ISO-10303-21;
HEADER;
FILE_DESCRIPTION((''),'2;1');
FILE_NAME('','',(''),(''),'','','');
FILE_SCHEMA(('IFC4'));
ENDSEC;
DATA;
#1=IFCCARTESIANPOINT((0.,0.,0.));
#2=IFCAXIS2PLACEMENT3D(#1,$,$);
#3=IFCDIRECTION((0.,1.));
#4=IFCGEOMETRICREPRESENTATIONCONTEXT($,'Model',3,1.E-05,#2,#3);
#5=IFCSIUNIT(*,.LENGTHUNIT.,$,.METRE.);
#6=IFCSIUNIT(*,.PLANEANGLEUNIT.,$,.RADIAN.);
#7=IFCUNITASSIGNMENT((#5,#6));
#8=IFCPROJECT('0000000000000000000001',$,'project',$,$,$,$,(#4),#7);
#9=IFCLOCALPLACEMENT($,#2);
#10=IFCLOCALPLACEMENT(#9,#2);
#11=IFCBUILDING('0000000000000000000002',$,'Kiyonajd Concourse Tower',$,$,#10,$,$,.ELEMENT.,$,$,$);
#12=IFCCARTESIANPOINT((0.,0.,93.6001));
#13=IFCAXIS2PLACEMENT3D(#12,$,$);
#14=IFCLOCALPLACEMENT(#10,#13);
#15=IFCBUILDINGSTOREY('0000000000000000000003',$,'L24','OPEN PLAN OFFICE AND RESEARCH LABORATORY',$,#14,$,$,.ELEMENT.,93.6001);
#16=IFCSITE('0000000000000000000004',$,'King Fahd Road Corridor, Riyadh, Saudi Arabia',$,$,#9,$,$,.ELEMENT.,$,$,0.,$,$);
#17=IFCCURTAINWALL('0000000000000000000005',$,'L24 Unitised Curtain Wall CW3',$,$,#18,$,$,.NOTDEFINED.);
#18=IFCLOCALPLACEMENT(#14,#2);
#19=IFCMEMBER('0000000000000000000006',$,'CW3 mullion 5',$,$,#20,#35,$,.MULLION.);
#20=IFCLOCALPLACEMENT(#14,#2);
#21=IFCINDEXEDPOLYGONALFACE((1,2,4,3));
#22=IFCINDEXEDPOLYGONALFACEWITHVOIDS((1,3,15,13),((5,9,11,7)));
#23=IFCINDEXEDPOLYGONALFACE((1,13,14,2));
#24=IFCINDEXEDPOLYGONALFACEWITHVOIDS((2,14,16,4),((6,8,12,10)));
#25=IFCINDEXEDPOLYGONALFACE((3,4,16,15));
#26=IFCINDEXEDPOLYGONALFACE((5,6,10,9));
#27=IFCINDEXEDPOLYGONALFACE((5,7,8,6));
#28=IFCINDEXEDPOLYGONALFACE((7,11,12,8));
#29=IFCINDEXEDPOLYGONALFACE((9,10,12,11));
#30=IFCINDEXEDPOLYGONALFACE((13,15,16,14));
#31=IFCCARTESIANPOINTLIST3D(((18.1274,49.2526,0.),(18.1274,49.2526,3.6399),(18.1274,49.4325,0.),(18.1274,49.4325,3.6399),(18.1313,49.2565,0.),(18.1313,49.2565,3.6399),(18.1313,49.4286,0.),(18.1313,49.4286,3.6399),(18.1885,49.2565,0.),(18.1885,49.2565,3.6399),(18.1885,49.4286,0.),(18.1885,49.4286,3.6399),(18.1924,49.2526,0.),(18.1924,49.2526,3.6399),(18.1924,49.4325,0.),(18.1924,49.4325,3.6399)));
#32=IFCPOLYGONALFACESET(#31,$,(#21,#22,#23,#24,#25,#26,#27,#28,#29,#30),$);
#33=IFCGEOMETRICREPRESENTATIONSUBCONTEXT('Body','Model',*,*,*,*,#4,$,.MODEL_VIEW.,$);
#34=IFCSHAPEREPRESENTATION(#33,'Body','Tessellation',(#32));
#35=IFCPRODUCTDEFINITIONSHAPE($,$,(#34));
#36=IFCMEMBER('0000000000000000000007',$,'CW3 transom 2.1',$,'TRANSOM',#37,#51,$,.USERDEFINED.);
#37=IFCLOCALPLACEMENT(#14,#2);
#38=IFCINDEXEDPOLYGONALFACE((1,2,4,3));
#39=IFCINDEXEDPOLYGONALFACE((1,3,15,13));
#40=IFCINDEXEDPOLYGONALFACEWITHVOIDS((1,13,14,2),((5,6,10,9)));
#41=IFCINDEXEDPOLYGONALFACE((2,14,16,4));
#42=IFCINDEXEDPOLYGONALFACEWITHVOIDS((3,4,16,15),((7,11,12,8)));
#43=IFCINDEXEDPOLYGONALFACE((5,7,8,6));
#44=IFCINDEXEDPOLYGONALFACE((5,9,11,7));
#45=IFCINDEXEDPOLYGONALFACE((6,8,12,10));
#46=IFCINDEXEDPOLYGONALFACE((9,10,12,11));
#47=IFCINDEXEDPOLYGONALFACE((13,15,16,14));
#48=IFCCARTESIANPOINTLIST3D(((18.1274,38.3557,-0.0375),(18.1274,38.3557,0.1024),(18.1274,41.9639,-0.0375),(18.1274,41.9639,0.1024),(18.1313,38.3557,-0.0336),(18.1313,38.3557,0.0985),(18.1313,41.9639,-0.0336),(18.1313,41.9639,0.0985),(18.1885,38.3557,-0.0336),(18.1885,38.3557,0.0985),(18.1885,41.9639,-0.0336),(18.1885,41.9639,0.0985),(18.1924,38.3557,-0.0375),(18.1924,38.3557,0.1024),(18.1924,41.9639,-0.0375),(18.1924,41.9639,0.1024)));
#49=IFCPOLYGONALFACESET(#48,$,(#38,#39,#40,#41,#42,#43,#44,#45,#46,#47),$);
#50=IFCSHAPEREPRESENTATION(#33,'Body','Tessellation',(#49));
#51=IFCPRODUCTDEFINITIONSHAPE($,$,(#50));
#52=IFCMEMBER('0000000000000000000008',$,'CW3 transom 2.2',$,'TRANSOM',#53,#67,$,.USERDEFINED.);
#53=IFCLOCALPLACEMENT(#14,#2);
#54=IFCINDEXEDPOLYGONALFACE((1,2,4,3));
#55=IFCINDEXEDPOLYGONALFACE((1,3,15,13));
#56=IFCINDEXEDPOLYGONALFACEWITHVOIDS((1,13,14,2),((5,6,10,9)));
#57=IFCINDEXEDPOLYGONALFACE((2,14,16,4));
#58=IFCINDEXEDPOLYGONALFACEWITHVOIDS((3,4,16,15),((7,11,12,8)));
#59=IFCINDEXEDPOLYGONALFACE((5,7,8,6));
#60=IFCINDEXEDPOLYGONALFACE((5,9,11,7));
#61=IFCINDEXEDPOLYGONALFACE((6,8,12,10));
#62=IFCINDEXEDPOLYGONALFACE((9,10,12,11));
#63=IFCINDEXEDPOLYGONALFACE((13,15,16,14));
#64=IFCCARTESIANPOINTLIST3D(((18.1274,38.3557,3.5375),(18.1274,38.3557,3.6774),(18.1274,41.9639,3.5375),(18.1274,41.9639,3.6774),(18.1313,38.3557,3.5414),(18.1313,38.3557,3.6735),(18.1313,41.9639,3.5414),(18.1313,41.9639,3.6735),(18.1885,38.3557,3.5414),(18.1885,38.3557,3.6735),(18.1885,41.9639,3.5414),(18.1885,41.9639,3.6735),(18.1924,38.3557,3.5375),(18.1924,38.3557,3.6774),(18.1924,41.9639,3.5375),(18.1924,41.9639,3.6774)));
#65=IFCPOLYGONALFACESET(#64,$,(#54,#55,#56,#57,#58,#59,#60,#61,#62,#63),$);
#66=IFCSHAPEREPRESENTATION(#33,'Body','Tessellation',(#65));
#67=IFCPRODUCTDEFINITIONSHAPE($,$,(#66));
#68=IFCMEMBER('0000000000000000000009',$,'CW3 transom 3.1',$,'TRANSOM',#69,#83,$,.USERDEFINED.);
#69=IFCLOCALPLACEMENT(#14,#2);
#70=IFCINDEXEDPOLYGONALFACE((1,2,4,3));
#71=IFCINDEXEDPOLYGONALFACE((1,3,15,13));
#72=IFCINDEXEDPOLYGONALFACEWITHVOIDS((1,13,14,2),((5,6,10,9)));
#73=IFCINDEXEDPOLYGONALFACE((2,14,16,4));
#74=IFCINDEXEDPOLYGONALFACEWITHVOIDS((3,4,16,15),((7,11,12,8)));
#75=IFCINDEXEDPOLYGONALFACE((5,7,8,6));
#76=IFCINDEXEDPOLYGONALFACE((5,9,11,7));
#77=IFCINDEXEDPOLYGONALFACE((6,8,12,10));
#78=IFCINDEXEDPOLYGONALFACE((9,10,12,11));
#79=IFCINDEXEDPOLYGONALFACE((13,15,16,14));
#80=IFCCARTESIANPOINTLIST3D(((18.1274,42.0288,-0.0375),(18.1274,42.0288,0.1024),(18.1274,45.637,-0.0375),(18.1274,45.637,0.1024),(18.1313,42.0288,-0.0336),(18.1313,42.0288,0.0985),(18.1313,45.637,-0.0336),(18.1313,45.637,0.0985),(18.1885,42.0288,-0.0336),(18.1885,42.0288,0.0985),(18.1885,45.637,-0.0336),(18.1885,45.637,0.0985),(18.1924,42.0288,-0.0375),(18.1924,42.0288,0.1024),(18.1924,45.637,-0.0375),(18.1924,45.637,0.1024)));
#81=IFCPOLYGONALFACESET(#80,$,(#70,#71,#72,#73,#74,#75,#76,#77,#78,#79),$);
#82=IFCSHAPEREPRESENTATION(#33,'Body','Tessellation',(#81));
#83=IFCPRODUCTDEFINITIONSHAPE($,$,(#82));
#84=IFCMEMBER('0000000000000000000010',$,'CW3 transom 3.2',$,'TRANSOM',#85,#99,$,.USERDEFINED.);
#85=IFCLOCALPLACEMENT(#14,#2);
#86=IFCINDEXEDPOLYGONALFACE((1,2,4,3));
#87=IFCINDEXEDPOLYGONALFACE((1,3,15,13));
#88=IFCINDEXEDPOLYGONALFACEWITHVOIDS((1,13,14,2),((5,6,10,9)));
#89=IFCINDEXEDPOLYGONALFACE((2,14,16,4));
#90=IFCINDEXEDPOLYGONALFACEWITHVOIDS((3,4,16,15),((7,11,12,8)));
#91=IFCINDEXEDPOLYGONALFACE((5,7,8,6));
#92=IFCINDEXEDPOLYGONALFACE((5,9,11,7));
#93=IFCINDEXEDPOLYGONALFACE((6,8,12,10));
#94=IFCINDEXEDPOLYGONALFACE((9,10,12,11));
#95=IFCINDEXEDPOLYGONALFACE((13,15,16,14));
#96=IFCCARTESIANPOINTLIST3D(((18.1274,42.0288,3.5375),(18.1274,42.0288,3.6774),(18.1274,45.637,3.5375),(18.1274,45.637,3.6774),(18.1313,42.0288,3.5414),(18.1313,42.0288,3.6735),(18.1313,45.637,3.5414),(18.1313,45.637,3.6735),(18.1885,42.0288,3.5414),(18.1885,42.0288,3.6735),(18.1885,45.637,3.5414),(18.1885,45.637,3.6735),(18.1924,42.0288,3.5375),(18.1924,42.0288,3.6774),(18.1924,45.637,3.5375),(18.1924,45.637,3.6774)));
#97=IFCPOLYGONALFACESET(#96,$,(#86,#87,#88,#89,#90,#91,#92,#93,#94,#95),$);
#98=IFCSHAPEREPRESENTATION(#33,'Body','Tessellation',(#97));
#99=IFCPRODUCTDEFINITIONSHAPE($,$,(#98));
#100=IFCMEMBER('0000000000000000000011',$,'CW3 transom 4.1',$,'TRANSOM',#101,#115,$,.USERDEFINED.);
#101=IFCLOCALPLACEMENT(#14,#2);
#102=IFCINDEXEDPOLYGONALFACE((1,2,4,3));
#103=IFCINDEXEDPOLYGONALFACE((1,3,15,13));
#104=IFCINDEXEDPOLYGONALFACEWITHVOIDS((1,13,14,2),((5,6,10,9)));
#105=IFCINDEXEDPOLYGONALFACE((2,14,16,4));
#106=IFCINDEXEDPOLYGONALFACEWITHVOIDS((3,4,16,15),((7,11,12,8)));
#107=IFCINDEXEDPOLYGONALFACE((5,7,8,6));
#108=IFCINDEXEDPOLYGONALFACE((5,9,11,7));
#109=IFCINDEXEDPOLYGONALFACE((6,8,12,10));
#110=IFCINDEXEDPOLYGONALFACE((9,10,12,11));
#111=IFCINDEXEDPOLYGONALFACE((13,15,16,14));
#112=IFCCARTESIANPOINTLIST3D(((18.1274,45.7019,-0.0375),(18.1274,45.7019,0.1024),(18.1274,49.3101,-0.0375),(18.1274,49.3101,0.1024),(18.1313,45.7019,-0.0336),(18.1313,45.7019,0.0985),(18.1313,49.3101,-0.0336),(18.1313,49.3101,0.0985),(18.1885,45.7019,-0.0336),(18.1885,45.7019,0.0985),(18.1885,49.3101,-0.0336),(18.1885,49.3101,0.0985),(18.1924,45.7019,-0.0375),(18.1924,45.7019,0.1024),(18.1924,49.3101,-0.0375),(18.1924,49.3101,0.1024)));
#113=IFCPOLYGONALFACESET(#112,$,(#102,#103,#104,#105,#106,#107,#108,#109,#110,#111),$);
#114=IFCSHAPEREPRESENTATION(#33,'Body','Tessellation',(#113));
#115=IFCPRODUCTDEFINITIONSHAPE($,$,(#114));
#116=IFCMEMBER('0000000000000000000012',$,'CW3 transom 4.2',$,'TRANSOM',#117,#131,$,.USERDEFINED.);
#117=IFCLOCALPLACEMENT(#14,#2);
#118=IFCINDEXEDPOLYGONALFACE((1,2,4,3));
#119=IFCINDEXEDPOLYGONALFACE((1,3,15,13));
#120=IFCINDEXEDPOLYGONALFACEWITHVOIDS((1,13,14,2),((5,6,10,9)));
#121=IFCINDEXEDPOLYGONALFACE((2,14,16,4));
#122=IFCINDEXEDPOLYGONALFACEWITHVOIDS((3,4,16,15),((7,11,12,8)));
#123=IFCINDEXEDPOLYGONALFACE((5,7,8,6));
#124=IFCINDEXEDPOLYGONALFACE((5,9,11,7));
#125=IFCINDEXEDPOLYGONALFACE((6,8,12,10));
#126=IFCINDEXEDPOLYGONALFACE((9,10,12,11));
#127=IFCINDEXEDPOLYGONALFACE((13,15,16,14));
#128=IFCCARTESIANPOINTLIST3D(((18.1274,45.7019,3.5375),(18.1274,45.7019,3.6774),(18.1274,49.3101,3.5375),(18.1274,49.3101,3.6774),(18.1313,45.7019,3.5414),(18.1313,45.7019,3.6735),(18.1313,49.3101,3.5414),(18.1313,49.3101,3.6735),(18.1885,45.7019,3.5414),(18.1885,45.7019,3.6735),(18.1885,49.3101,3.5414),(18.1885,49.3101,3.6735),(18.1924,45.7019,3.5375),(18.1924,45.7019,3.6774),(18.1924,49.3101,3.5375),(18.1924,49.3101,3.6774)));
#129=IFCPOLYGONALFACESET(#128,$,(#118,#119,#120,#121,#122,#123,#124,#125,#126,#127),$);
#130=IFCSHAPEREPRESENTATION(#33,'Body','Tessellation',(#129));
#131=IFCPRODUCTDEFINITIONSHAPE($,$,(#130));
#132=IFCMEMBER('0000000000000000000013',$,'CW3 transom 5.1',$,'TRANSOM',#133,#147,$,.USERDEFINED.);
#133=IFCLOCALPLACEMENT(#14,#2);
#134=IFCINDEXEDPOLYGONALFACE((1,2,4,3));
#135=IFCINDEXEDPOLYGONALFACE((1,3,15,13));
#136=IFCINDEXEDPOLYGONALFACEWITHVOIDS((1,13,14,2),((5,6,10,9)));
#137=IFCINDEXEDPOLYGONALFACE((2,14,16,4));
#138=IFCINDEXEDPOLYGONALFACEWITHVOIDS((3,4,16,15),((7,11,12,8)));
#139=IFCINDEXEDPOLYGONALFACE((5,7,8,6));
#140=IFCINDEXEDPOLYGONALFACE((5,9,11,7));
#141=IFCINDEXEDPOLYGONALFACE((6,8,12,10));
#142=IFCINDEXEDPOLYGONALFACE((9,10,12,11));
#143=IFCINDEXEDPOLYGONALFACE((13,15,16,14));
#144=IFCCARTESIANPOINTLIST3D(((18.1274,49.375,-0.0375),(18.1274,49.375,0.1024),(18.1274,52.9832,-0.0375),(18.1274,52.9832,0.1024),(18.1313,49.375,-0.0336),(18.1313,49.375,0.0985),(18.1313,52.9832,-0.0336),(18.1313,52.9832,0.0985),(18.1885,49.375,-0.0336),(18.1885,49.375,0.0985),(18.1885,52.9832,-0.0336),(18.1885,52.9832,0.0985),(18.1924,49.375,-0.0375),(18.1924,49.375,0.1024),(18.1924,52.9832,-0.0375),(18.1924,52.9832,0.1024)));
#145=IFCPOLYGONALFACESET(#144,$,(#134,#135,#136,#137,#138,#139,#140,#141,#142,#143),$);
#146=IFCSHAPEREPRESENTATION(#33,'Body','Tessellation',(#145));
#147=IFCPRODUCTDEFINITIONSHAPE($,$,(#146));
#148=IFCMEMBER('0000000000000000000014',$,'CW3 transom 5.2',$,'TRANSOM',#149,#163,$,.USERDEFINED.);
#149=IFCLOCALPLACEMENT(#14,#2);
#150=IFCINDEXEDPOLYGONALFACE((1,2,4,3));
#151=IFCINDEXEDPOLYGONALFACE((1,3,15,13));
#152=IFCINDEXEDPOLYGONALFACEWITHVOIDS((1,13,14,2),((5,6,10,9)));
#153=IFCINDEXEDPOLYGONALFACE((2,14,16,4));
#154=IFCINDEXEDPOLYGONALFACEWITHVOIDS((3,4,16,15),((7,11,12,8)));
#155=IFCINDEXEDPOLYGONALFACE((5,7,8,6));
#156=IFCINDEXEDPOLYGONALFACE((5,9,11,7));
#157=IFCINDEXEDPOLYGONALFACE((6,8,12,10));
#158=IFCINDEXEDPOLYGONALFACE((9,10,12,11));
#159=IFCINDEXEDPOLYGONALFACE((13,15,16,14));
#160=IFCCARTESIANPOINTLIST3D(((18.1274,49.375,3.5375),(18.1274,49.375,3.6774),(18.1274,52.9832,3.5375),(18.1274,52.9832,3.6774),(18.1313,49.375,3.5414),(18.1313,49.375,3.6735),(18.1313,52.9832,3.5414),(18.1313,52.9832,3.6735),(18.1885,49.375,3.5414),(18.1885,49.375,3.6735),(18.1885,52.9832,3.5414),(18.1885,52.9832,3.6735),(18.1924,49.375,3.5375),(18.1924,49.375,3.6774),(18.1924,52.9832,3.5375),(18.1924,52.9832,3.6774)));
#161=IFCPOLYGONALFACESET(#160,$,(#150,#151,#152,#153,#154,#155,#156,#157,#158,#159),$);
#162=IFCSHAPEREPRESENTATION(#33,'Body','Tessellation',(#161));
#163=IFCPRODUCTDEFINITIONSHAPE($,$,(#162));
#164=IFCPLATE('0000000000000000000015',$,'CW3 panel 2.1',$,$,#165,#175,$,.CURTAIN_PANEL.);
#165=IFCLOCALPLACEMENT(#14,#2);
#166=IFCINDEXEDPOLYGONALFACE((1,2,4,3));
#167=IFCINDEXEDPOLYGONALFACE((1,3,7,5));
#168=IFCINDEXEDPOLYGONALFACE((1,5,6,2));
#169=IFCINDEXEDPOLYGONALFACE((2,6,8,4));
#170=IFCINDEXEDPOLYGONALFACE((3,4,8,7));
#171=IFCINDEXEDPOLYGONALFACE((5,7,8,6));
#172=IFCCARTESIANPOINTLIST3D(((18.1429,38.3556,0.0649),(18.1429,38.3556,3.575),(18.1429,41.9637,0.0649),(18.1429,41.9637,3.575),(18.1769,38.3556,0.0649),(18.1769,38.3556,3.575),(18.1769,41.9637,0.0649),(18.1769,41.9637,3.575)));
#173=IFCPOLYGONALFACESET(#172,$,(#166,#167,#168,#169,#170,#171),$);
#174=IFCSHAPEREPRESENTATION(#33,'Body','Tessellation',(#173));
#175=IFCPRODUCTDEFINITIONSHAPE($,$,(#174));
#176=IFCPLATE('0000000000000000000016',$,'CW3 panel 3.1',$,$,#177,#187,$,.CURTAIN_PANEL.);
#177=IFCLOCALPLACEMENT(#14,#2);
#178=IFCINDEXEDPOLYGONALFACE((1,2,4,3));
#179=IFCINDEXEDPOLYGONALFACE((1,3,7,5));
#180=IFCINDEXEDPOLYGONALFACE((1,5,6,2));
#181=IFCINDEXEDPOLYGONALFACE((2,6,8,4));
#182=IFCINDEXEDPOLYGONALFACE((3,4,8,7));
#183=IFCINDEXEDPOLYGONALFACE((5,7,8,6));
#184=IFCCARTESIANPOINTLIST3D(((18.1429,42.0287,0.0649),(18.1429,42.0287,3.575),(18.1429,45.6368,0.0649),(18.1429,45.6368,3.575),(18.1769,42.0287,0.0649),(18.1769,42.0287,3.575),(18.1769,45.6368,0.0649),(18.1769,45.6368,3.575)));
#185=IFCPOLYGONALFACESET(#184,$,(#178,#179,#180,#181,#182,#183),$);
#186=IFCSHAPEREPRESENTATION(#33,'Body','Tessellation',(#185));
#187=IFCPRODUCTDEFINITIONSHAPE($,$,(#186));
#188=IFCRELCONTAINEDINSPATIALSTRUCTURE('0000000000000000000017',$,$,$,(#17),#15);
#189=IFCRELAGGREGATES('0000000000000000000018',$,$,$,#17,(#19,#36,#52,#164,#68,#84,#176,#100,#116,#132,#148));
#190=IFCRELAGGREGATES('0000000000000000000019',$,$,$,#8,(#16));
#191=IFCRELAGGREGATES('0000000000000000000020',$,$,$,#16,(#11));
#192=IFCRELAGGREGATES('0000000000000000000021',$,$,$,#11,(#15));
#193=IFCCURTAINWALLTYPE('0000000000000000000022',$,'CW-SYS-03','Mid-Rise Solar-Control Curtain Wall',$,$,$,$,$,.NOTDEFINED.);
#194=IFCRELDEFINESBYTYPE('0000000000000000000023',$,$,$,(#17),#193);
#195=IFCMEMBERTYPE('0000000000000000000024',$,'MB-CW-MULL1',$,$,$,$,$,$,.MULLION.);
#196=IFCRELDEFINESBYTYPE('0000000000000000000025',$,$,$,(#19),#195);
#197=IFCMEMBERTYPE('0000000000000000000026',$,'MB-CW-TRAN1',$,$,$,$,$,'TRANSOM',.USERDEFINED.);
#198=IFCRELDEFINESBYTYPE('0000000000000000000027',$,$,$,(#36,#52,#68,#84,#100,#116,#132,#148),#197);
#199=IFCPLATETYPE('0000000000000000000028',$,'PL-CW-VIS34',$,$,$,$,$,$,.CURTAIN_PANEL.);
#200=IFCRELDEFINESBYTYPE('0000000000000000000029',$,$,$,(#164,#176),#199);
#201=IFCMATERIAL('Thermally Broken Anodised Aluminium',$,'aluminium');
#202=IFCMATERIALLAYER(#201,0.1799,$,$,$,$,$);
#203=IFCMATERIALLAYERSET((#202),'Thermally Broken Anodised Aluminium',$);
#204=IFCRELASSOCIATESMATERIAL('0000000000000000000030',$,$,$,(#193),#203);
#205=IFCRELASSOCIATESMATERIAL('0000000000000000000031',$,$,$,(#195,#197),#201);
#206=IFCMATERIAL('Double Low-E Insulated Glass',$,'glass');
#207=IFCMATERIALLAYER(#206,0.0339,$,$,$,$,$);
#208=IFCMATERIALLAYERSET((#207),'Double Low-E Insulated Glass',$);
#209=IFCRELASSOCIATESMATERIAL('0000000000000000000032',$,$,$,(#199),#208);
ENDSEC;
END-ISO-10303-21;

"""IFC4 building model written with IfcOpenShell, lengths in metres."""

from ifc_helpers import new_model, si_unit, direction, frame, origin, origin_2d, place, context, subcontext, project, spatial, rectangle, hollow_rectangle, extrude, material, layer, layer_set, material_profile, profile_set, type_object, element, aggregate, save


model = new_model("IFC4")

# Units and contexts
model_context = context("Model", 3, precision=1e-05, world=origin(), true_north=direction((0.0, 1.0)))
body_context = subcontext(model_context, "Body", "Model", "MODEL_VIEW")
ifc_project = project(units=[si_unit("LENGTHUNIT", "METRE"), si_unit("PLANEANGLEUNIT", "RADIAN")], contexts=[model_context])

# Site, building, storey
site_placement = place(None, origin())
site = spatial("IfcSite", under=ifc_project, at=site_placement, Name="King Fahd Road Corridor, Riyadh, Saudi Arabia", CompositionType="ELEMENT", RefElevation=0.0)
building_placement = place(site_placement, origin())
building = spatial("IfcBuilding", under=site, at=building_placement, Name="Kiyonajd Concourse Tower", CompositionType="ELEMENT")
storey_placement = place(building_placement, frame((0.0, 0.0, 93.6001)))
storey = spatial("IfcBuildingStorey", under=building, at=storey_placement, Name="L24", Description="OPEN PLAN OFFICE AND RESEARCH LABORATORY", CompositionType="ELEMENT", Elevation=93.6001)

# Curtain wall, members, plates
ifc_material_1 = material(Name="Thermally Broken Anodised Aluminium", Category="aluminium")
ifc_layer_1 = layer(ifc_material_1, 0.1799)
ifc_layer_set_1 = layer_set([ifc_layer_1], Name="Thermally Broken Anodised Aluminium")
curtain_wall_type = type_object("IfcCurtainWallType", Name="CW-SYS-03", Description="Mid-Rise Solar-Control Curtain Wall", PredefinedType="NOTDEFINED", material=ifc_layer_set_1)
curtain_wall_placement = place(storey_placement, origin())
curtain_wall = element("IfcCurtainWall", 1, at=curtain_wall_placement, inside=storey, type_object=curtain_wall_type, Name="L24 Unitised Curtain Wall CW3", PredefinedType="NOTDEFINED")
ifc_material_profile_1 = material_profile(ifc_material_1, hollow_rectangle(XDim=0.0649, YDim=0.1799, WallThickness=0.0039, at=origin_2d()), Name="MULL-65x180")
ifc_profile_set_1 = profile_set([ifc_material_profile_1], Name="Thermally Broken Anodised Aluminium")
member_type_1 = type_object("IfcMemberType", Name="MB-CW-MULL1", PredefinedType="MULLION", material=ifc_profile_set_1)
member_1_placement = place(storey_placement, frame((18.1599, 49.3425, 0.0), z_axis=(0.0, 0.0, 1.0), x_axis=(-1.0, 0.0, 0.0)))
member_1 = element("IfcMember", 2, at=member_1_placement, type_object=member_type_1, Name="CW3 mullion 5", PredefinedType="MULLION", context=body_context, shape_type="SweptSolid", body=[
    extrude(hollow_rectangle(XDim=0.0649, YDim=0.1799, WallThickness=0.0039, at=origin_2d()), origin(), (0.0, 0.0, 1.0), 3.6399),
])
ifc_material_profile_2 = material_profile(ifc_material_1, hollow_rectangle(XDim=0.0649, YDim=0.1399, WallThickness=0.0039, at=origin_2d()), Name="TRAN-65x140")
ifc_profile_set_2 = profile_set([ifc_material_profile_2], Name="Thermally Broken Anodised Aluminium")
member_type_2 = type_object("IfcMemberType", Name="MB-CW-TRAN1", ElementType="TRANSOM", PredefinedType="USERDEFINED", material=ifc_profile_set_2)
member_2_placement = place(storey_placement, frame((18.1599, 38.3557, 0.0325), z_axis=(0.0, 1.0, 0.0), x_axis=(-1.0, 0.0, 0.0)))
member_2 = element("IfcMember", 3, at=member_2_placement, type_object=member_type_2, Name="CW3 transom 2.1", ObjectType="TRANSOM", PredefinedType="USERDEFINED", context=body_context, shape_type="SweptSolid", body=[
    extrude(hollow_rectangle(XDim=0.0649, YDim=0.1399, WallThickness=0.0039, at=origin_2d()), origin(), (0.0, 0.0, 1.0), 3.6082),
])
member_3_placement = place(storey_placement, frame((18.1599, 38.3557, 3.6074), z_axis=(0.0, 1.0, 0.0), x_axis=(-1.0, 0.0, 0.0)))
member_3 = element("IfcMember", 4, at=member_3_placement, type_object=member_type_2, Name="CW3 transom 2.2", ObjectType="TRANSOM", PredefinedType="USERDEFINED", context=body_context, shape_type="SweptSolid", body=[
    extrude(hollow_rectangle(XDim=0.0649, YDim=0.1399, WallThickness=0.0039, at=origin_2d()), origin(), (0.0, 0.0, 1.0), 3.6082),
])
member_4_placement = place(storey_placement, frame((18.1599, 42.0288, 0.0325), z_axis=(0.0, 1.0, 0.0), x_axis=(-1.0, 0.0, 0.0)))
member_4 = element("IfcMember", 5, at=member_4_placement, type_object=member_type_2, Name="CW3 transom 3.1", ObjectType="TRANSOM", PredefinedType="USERDEFINED", context=body_context, shape_type="SweptSolid", body=[
    extrude(hollow_rectangle(XDim=0.0649, YDim=0.1399, WallThickness=0.0039, at=origin_2d()), origin(), (0.0, 0.0, 1.0), 3.6082),
])
member_5_placement = place(storey_placement, frame((18.1599, 42.0288, 3.6074), z_axis=(0.0, 1.0, 0.0), x_axis=(-1.0, 0.0, 0.0)))
member_5 = element("IfcMember", 6, at=member_5_placement, type_object=member_type_2, Name="CW3 transom 3.2", ObjectType="TRANSOM", PredefinedType="USERDEFINED", context=body_context, shape_type="SweptSolid", body=[
    extrude(hollow_rectangle(XDim=0.0649, YDim=0.1399, WallThickness=0.0039, at=origin_2d()), origin(), (0.0, 0.0, 1.0), 3.6082),
])
member_6_placement = place(storey_placement, frame((18.1599, 45.7019, 0.0325), z_axis=(0.0, 1.0, 0.0), x_axis=(-1.0, 0.0, 0.0)))
member_6 = element("IfcMember", 7, at=member_6_placement, type_object=member_type_2, Name="CW3 transom 4.1", ObjectType="TRANSOM", PredefinedType="USERDEFINED", context=body_context, shape_type="SweptSolid", body=[
    extrude(hollow_rectangle(XDim=0.0649, YDim=0.1399, WallThickness=0.0039, at=origin_2d()), origin(), (0.0, 0.0, 1.0), 3.6082),
])
member_7_placement = place(storey_placement, frame((18.1599, 45.7019, 3.6074), z_axis=(0.0, 1.0, 0.0), x_axis=(-1.0, 0.0, 0.0)))
member_7 = element("IfcMember", 8, at=member_7_placement, type_object=member_type_2, Name="CW3 transom 4.2", ObjectType="TRANSOM", PredefinedType="USERDEFINED", context=body_context, shape_type="SweptSolid", body=[
    extrude(hollow_rectangle(XDim=0.0649, YDim=0.1399, WallThickness=0.0039, at=origin_2d()), origin(), (0.0, 0.0, 1.0), 3.6082),
])
member_8_placement = place(storey_placement, frame((18.1599, 49.375, 0.0325), z_axis=(0.0, 1.0, 0.0), x_axis=(-1.0, 0.0, 0.0)))
member_8 = element("IfcMember", 9, at=member_8_placement, type_object=member_type_2, Name="CW3 transom 5.1", ObjectType="TRANSOM", PredefinedType="USERDEFINED", context=body_context, shape_type="SweptSolid", body=[
    extrude(hollow_rectangle(XDim=0.0649, YDim=0.1399, WallThickness=0.0039, at=origin_2d()), origin(), (0.0, 0.0, 1.0), 3.6082),
])
member_9_placement = place(storey_placement, frame((18.1599, 49.375, 3.6074), z_axis=(0.0, 1.0, 0.0), x_axis=(-1.0, 0.0, 0.0)))
member_9 = element("IfcMember", 10, at=member_9_placement, type_object=member_type_2, Name="CW3 transom 5.2", ObjectType="TRANSOM", PredefinedType="USERDEFINED", context=body_context, shape_type="SweptSolid", body=[
    extrude(hollow_rectangle(XDim=0.0649, YDim=0.1399, WallThickness=0.0039, at=origin_2d()), origin(), (0.0, 0.0, 1.0), 3.6082),
])
ifc_material_2 = material(Name="Double Low-E Insulated Glass", Category="glass")
ifc_layer_2 = layer(ifc_material_2, 0.0339)
ifc_layer_set_2 = layer_set([ifc_layer_2], Name="Double Low-E Insulated Glass")
plate_type = type_object("IfcPlateType", Name="PL-CW-VIS34", PredefinedType="CURTAIN_PANEL", material=ifc_layer_set_2)
plate_1_placement = place(storey_placement, frame((18.1599, 40.1597, 0.0649), z_axis=(0.0, 0.0, 1.0), x_axis=(0.0, 1.0, 0.0)))
plate_1 = element("IfcPlate", 11, at=plate_1_placement, type_object=plate_type, Name="CW3 panel 2.1", PredefinedType="CURTAIN_PANEL", context=body_context, shape_type="SweptSolid", body=[
    extrude(rectangle(XDim=3.6082, YDim=0.0339, at=origin_2d()), origin(), (0.0, 0.0, 1.0), 3.51),
])
plate_2_placement = place(storey_placement, frame((18.1599, 43.8328, 0.0649), z_axis=(0.0, 0.0, 1.0), x_axis=(0.0, 1.0, 0.0)))
plate_2 = element("IfcPlate", 12, at=plate_2_placement, type_object=plate_type, Name="CW3 panel 3.1", PredefinedType="CURTAIN_PANEL", context=body_context, shape_type="SweptSolid", body=[
    extrude(rectangle(XDim=3.6082, YDim=0.0339, at=origin_2d()), origin(), (0.0, 0.0, 1.0), 3.51),
])
aggregate(curtain_wall, [member_1, member_2, member_3, plate_1, member_4, member_5, plate_2, member_6, member_7, member_8, member_9])

save(model, "model.ifc")
